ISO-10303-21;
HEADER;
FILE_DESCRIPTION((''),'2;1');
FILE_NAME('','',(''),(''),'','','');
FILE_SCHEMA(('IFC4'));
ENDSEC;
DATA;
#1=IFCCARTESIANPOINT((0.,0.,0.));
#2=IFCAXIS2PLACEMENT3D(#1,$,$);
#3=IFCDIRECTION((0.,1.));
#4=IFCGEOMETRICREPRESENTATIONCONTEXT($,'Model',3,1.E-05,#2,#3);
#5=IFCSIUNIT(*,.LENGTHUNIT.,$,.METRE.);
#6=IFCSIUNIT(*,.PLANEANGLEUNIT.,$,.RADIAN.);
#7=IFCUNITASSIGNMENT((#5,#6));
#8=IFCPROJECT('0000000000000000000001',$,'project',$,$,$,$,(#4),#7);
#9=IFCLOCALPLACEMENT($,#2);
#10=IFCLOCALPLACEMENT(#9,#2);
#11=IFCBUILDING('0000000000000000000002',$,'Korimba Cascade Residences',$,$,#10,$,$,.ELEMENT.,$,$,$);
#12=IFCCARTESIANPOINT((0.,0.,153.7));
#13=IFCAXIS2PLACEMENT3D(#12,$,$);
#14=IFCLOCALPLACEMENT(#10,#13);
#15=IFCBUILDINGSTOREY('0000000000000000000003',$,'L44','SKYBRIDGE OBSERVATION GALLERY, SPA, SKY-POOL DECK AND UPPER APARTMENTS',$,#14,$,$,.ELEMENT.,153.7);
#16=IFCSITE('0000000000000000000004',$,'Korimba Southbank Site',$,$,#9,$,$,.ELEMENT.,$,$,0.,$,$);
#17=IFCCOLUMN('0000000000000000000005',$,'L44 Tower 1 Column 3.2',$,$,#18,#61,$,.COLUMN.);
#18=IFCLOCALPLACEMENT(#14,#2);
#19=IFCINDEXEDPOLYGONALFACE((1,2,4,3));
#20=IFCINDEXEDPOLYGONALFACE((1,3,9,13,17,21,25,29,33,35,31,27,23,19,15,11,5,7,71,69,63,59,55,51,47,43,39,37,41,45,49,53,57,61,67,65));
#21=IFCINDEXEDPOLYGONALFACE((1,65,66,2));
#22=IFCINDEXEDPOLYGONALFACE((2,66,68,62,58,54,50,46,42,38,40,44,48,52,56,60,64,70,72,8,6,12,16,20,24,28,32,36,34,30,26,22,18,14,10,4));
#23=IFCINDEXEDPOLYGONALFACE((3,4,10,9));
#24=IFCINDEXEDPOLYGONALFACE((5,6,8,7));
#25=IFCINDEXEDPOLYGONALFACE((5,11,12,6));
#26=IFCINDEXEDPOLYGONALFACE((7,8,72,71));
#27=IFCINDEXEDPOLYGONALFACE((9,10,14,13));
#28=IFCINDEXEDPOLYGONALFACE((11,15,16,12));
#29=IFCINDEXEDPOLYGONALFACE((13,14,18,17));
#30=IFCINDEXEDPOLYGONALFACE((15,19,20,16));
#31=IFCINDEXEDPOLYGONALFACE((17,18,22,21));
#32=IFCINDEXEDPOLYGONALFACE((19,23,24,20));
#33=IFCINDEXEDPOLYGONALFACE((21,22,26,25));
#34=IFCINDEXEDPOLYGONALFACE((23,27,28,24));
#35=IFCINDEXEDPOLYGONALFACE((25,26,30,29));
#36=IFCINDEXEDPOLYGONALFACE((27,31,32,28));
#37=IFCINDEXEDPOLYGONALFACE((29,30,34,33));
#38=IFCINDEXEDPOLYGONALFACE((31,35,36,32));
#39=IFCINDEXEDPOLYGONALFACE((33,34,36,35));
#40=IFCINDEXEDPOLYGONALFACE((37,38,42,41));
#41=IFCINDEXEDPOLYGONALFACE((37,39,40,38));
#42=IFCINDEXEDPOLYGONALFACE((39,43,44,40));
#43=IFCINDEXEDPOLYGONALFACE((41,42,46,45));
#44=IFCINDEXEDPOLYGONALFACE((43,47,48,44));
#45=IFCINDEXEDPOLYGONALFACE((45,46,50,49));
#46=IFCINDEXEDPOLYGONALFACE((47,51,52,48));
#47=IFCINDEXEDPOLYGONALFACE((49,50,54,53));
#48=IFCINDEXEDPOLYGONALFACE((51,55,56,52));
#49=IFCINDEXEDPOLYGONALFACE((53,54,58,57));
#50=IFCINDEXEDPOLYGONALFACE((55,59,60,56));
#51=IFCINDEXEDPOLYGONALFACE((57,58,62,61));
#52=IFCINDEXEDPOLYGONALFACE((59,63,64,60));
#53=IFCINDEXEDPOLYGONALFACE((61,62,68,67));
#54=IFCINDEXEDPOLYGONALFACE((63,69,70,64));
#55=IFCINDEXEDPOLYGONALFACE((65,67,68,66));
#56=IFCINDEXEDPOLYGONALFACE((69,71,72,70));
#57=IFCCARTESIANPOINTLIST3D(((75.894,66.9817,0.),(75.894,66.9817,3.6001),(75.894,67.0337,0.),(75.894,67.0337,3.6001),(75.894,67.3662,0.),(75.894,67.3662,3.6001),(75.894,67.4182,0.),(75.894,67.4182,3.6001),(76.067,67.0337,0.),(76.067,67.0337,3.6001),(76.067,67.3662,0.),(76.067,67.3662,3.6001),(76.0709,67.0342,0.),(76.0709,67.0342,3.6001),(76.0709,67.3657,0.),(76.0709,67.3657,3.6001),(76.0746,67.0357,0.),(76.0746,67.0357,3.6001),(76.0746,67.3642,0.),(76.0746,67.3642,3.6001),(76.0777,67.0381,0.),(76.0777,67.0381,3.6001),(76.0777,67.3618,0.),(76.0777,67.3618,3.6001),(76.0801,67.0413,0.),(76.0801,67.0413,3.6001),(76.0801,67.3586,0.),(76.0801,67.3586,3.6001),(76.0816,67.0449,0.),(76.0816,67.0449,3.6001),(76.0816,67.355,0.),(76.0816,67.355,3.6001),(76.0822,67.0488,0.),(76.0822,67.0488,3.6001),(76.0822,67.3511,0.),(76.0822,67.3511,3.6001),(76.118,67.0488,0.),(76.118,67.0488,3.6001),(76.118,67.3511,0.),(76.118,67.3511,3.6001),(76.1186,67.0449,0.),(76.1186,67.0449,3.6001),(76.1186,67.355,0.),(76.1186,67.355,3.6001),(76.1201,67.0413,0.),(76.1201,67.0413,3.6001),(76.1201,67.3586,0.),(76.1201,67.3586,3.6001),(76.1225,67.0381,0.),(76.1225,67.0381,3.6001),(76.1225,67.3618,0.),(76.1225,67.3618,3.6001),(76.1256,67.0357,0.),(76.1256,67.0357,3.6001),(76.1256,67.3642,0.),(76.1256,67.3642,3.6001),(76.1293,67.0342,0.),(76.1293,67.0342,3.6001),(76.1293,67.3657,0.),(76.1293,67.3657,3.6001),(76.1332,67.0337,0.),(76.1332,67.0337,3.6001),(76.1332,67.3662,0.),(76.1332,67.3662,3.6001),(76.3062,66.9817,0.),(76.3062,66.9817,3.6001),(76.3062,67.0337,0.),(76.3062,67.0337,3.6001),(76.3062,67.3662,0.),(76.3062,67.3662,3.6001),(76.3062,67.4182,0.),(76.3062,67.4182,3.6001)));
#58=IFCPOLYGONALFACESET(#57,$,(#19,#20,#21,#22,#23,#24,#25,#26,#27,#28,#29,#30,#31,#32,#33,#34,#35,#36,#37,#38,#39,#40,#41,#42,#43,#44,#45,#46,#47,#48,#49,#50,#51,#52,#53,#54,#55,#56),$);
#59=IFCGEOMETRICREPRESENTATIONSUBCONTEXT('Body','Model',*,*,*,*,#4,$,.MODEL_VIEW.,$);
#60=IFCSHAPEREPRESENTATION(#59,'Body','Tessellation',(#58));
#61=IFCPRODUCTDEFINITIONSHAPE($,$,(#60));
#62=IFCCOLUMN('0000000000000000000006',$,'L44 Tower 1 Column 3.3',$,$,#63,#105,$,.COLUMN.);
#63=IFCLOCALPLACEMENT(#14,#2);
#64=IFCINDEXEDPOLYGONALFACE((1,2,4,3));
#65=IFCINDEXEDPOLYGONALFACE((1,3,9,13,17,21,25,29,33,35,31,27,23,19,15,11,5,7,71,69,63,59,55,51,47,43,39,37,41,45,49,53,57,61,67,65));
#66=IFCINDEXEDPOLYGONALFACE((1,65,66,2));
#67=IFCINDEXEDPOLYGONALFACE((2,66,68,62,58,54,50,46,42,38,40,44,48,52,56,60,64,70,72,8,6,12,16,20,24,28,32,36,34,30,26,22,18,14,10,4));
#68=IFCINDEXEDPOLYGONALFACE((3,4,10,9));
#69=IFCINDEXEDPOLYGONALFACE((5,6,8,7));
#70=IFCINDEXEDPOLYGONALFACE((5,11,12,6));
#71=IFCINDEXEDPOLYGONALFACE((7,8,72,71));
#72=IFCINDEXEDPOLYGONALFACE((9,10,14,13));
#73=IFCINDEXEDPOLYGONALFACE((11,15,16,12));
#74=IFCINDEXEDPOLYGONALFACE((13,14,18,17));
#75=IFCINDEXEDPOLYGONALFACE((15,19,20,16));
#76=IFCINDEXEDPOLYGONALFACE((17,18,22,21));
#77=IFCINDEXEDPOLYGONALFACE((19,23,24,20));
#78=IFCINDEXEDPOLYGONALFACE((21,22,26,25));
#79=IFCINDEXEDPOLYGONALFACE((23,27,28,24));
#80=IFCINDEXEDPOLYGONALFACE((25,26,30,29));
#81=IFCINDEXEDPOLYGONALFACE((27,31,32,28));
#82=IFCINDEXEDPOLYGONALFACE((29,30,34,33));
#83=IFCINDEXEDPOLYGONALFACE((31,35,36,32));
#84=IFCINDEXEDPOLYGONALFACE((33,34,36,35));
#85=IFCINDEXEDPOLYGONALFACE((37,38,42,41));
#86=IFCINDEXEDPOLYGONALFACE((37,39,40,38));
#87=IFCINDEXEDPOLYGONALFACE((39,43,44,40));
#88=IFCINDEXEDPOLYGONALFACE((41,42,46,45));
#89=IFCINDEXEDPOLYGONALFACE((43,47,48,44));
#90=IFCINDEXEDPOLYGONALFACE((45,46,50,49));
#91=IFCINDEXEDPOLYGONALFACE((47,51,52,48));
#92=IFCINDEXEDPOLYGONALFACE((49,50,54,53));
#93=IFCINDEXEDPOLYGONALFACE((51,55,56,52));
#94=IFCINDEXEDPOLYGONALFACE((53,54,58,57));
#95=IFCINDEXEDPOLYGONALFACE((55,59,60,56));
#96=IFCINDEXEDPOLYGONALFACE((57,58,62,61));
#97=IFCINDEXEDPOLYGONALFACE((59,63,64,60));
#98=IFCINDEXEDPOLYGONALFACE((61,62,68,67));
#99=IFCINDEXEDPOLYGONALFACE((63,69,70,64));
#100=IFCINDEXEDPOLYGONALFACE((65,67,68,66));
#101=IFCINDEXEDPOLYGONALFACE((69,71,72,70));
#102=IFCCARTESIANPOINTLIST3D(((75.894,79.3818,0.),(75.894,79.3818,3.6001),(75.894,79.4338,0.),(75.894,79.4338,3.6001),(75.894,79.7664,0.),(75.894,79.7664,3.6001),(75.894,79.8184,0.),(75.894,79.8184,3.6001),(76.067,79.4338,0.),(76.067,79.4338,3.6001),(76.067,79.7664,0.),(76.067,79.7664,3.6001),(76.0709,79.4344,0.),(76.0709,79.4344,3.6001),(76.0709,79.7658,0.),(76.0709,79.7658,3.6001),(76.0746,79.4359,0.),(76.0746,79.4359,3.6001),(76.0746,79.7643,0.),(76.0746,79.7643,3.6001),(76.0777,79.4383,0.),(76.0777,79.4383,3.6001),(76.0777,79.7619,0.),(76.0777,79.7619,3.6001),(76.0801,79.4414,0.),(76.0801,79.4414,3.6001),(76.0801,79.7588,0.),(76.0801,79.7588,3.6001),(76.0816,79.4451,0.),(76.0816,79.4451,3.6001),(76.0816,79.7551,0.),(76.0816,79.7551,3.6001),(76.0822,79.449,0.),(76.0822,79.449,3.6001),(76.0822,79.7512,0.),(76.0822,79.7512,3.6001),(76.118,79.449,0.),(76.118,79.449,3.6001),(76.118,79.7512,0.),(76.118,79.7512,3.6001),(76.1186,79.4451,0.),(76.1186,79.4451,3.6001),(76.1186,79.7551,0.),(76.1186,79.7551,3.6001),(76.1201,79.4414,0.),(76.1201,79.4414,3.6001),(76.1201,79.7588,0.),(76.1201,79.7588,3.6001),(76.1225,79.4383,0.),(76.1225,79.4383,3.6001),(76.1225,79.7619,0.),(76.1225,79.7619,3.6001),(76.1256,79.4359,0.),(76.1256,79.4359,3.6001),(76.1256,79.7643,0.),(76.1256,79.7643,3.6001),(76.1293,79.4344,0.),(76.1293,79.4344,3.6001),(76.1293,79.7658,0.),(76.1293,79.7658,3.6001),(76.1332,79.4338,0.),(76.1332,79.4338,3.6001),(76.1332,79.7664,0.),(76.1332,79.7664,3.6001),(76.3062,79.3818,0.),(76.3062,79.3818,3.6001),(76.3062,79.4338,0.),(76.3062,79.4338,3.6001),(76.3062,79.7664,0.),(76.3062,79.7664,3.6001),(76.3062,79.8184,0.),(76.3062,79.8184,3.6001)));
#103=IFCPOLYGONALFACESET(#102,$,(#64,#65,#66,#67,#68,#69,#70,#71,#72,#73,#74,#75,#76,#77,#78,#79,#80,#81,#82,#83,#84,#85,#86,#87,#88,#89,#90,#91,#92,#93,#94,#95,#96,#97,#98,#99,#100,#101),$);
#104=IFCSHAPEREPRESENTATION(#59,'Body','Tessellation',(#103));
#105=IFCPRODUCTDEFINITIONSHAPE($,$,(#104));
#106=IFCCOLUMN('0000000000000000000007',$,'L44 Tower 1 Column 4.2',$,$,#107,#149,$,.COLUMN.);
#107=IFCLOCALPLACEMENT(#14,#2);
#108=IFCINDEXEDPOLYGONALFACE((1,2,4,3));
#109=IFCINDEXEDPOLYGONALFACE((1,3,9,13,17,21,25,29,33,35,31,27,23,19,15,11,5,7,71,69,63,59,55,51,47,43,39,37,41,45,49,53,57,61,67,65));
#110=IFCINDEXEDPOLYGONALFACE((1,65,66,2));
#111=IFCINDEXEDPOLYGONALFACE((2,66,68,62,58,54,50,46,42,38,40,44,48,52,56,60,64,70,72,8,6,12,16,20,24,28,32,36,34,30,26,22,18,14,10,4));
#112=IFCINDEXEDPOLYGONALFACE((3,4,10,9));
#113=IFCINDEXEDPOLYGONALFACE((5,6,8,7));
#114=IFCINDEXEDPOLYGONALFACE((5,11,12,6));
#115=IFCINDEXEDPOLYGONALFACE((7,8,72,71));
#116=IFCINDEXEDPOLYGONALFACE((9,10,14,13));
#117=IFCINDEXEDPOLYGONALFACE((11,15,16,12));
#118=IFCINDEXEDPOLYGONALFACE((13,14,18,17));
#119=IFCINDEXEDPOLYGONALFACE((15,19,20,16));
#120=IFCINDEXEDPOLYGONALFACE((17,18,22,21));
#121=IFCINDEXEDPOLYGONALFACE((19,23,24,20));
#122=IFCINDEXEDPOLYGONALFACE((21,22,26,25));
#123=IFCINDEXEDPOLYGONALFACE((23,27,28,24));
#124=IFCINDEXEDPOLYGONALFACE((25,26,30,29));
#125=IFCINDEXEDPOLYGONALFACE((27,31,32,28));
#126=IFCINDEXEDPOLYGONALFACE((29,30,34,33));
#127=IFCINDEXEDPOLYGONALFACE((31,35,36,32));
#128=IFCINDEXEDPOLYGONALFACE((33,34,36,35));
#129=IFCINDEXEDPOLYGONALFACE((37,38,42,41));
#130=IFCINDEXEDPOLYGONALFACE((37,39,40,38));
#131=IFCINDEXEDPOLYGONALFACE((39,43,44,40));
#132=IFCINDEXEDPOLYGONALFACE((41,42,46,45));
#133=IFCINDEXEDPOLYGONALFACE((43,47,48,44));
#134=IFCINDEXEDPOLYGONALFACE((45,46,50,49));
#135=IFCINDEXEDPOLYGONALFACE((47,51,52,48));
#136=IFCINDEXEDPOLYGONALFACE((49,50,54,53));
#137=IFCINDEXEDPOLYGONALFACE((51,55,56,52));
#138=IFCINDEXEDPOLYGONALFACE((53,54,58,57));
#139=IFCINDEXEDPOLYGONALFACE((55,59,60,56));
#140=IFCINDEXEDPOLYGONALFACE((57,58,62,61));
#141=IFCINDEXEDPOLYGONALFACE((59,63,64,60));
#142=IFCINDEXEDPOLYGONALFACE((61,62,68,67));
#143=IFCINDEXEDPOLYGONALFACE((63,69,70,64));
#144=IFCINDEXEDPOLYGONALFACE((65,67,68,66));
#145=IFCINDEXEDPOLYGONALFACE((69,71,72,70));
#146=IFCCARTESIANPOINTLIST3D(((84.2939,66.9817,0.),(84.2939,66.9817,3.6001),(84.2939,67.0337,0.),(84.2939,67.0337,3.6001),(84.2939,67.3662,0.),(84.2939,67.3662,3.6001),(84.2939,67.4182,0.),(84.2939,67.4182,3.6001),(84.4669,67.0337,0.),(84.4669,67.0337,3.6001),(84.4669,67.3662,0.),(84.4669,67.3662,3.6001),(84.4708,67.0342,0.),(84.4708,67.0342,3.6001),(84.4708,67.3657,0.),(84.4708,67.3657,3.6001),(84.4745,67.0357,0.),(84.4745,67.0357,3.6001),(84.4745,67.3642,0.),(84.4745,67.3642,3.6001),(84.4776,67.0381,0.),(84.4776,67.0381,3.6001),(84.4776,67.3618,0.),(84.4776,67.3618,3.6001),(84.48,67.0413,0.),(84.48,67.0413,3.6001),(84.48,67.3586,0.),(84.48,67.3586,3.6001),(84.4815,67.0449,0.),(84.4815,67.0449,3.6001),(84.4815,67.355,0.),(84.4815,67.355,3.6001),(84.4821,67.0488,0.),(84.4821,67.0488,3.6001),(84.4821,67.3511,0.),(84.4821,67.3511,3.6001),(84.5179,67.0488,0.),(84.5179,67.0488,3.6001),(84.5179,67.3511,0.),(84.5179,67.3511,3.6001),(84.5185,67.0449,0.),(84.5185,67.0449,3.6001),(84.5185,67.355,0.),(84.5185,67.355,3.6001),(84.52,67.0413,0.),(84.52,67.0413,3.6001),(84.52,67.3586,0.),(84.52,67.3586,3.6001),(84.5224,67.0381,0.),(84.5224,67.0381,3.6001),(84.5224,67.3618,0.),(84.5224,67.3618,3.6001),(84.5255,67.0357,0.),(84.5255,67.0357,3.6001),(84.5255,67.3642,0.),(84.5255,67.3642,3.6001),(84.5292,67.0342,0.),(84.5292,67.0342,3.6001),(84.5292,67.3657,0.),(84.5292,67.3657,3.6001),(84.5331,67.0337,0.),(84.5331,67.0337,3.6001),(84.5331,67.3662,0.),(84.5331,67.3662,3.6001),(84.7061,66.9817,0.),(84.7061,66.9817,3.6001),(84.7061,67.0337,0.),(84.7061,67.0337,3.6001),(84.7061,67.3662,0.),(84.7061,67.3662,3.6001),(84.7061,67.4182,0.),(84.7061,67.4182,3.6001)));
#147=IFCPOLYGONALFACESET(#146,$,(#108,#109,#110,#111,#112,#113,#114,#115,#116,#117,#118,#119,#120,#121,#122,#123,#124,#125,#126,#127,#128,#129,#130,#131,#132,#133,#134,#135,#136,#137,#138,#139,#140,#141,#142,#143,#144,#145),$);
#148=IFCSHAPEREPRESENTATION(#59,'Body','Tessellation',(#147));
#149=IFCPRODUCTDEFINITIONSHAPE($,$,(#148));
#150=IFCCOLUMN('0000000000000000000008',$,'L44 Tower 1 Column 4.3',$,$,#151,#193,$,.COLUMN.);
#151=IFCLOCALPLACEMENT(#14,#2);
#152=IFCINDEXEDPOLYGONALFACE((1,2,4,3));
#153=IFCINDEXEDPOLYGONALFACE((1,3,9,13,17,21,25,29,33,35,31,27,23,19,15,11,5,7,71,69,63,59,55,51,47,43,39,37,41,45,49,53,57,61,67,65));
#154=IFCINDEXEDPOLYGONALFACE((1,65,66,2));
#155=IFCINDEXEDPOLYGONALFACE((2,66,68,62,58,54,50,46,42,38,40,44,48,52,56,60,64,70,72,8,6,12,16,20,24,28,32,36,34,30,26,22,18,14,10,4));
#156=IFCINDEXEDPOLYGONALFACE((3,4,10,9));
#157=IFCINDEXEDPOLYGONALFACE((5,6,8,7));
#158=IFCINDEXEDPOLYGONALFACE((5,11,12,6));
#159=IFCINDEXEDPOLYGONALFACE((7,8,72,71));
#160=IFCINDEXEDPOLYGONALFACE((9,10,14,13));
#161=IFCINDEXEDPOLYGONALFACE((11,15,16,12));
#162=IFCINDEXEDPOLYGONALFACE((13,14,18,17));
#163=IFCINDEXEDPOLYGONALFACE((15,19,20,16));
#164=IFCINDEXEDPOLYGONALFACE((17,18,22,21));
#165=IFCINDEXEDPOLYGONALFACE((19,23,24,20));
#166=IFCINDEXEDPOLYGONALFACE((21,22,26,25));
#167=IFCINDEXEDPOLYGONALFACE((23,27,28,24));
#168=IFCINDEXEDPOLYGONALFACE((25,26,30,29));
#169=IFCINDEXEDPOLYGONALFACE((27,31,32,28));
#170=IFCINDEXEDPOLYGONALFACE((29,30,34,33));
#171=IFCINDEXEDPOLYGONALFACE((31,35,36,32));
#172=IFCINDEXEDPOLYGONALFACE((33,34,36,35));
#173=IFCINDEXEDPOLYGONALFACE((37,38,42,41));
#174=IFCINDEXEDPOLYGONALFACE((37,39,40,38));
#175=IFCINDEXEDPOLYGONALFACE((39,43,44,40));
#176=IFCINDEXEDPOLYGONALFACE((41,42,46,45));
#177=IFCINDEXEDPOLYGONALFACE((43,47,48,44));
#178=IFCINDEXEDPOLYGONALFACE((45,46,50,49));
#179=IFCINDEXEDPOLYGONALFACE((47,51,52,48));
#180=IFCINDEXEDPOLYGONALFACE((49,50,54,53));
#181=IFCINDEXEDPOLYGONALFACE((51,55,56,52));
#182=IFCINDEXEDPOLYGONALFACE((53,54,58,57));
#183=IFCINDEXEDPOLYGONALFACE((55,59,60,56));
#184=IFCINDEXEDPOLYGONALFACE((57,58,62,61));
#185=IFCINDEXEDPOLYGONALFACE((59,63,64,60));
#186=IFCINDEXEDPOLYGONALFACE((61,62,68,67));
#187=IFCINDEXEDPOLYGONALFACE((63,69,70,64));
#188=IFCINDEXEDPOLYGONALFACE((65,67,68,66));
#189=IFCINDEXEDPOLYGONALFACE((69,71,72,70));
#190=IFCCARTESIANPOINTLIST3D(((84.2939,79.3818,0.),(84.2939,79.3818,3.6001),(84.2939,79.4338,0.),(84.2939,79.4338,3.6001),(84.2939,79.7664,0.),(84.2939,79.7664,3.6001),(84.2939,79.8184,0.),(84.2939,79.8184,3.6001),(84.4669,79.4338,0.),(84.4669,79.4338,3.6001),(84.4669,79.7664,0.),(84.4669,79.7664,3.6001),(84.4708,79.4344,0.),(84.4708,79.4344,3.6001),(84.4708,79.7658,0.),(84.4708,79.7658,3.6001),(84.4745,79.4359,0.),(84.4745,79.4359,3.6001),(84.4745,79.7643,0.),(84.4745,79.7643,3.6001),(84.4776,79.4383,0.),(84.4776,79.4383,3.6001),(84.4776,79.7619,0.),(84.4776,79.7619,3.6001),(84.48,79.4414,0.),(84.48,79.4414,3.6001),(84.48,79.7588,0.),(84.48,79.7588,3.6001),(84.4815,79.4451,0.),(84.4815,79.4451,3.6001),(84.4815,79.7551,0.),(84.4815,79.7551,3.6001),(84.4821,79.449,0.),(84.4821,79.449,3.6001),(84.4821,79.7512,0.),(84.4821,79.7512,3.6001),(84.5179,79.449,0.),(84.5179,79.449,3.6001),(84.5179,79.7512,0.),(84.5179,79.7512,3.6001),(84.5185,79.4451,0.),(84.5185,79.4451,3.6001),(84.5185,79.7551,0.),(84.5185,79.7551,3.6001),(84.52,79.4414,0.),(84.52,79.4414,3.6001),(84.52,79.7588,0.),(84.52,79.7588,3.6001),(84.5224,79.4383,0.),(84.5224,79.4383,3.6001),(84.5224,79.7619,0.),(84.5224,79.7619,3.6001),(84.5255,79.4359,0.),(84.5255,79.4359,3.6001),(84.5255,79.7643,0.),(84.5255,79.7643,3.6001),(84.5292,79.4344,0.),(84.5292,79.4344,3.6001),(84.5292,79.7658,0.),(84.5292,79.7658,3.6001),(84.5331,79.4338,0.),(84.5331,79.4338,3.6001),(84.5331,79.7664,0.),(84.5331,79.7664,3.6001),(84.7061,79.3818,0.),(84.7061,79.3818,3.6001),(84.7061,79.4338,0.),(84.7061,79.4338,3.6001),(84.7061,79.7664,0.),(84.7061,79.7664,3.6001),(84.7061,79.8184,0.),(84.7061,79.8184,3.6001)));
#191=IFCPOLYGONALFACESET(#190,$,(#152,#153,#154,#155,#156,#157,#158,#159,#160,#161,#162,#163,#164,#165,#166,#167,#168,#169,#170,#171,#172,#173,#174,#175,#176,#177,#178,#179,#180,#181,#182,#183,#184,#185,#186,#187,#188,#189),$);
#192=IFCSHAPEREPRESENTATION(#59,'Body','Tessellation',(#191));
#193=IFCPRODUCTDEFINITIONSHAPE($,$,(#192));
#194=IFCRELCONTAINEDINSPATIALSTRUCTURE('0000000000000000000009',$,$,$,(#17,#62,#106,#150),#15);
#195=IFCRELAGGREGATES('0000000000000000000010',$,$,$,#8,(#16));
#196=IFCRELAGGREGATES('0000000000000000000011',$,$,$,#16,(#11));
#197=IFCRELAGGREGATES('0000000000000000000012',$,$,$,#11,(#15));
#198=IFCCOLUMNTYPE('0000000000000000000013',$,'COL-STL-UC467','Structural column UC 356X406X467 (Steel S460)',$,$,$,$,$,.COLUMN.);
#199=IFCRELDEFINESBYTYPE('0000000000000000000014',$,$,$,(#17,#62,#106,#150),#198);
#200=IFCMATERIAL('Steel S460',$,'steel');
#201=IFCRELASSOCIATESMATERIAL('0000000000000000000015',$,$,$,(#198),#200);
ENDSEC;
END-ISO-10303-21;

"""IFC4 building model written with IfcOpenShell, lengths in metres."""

from ifc_helpers import new_model, si_unit, direction, frame, origin, origin_2d, place, context, subcontext, project, spatial, i_section, extrude, material, material_profile, profile_set, type_object, element, save


model = new_model("IFC4")

# Units and contexts
model_context = context("Model", 3, precision=1e-05, world=origin(), true_north=direction((0.0, 1.0)))
body_context = subcontext(model_context, "Body", "Model", "MODEL_VIEW")
ifc_project = project(units=[si_unit("LENGTHUNIT", "METRE"), si_unit("PLANEANGLEUNIT", "RADIAN")], contexts=[model_context])

# Site, building, storey
site_placement = place(None, origin())
site = spatial("IfcSite", under=ifc_project, at=site_placement, Name="Korimba Southbank Site", CompositionType="ELEMENT", RefElevation=0.0)
building_placement = place(site_placement, origin())
building = spatial("IfcBuilding", under=site, at=building_placement, Name="Korimba Cascade Residences", CompositionType="ELEMENT")
storey_placement = place(building_placement, frame((0.0, 0.0, 153.7)))
storey = spatial("IfcBuildingStorey", under=building, at=storey_placement, Name="L44", Description="SKYBRIDGE OBSERVATION GALLERY, SPA, SKY-POOL DECK AND UPPER APARTMENTS", CompositionType="ELEMENT", Elevation=153.7)

# Columns
ifc_material_1 = material(Name="Steel S460", Category="steel")
ifc_material_profile_1 = material_profile(ifc_material_1, i_section(OverallWidth=0.4121, OverallDepth=0.4365, WebThickness=0.0359, FlangeThickness=0.052, FilletRadius=0.0151, at=origin_2d()), Name="Steel S460")
ifc_profile_set_1 = profile_set([ifc_material_profile_1], Name="Steel S460")
column_type = type_object("IfcColumnType", Name="COL-STL-UC467", Description="Structural column UC 356X406X467 (Steel S460)", PredefinedType="COLUMN", material=ifc_profile_set_1)
for number, where, z_axis, x_axis, name in (
    (1, (76.1001, 67.2, 0.0), (0.0, 0.0, 1.0), (1.0, 0.0, 0.0), "L44 Tower 1 Column 3.2"),
    (2, (76.1001, 79.6001, 0.0), (0.0, 0.0, 1.0), (1.0, 0.0, 0.0), "L44 Tower 1 Column 3.3"),
    (3, (84.5, 67.2, 0.0), (0.0, 0.0, 1.0), (1.0, 0.0, 0.0), "L44 Tower 1 Column 4.2"),
    (4, (84.5, 79.6001, 0.0), (0.0, 0.0, 1.0), (1.0, 0.0, 0.0), "L44 Tower 1 Column 4.3"),
):
    element("IfcColumn", number, at=place(storey_placement, frame(where, z_axis=z_axis, x_axis=x_axis)), inside=storey, type_object=column_type, Name=name, PredefinedType="COLUMN", context=body_context, shape_type="SweptSolid", body=[
        extrude(i_section(OverallWidth=0.4121, OverallDepth=0.4365, WebThickness=0.0359, FlangeThickness=0.052, FilletRadius=0.0151, at=origin_2d()), origin(), (0.0, 0.0, 1.0), 3.6001),
    ])

save(model, "model.ifc")
